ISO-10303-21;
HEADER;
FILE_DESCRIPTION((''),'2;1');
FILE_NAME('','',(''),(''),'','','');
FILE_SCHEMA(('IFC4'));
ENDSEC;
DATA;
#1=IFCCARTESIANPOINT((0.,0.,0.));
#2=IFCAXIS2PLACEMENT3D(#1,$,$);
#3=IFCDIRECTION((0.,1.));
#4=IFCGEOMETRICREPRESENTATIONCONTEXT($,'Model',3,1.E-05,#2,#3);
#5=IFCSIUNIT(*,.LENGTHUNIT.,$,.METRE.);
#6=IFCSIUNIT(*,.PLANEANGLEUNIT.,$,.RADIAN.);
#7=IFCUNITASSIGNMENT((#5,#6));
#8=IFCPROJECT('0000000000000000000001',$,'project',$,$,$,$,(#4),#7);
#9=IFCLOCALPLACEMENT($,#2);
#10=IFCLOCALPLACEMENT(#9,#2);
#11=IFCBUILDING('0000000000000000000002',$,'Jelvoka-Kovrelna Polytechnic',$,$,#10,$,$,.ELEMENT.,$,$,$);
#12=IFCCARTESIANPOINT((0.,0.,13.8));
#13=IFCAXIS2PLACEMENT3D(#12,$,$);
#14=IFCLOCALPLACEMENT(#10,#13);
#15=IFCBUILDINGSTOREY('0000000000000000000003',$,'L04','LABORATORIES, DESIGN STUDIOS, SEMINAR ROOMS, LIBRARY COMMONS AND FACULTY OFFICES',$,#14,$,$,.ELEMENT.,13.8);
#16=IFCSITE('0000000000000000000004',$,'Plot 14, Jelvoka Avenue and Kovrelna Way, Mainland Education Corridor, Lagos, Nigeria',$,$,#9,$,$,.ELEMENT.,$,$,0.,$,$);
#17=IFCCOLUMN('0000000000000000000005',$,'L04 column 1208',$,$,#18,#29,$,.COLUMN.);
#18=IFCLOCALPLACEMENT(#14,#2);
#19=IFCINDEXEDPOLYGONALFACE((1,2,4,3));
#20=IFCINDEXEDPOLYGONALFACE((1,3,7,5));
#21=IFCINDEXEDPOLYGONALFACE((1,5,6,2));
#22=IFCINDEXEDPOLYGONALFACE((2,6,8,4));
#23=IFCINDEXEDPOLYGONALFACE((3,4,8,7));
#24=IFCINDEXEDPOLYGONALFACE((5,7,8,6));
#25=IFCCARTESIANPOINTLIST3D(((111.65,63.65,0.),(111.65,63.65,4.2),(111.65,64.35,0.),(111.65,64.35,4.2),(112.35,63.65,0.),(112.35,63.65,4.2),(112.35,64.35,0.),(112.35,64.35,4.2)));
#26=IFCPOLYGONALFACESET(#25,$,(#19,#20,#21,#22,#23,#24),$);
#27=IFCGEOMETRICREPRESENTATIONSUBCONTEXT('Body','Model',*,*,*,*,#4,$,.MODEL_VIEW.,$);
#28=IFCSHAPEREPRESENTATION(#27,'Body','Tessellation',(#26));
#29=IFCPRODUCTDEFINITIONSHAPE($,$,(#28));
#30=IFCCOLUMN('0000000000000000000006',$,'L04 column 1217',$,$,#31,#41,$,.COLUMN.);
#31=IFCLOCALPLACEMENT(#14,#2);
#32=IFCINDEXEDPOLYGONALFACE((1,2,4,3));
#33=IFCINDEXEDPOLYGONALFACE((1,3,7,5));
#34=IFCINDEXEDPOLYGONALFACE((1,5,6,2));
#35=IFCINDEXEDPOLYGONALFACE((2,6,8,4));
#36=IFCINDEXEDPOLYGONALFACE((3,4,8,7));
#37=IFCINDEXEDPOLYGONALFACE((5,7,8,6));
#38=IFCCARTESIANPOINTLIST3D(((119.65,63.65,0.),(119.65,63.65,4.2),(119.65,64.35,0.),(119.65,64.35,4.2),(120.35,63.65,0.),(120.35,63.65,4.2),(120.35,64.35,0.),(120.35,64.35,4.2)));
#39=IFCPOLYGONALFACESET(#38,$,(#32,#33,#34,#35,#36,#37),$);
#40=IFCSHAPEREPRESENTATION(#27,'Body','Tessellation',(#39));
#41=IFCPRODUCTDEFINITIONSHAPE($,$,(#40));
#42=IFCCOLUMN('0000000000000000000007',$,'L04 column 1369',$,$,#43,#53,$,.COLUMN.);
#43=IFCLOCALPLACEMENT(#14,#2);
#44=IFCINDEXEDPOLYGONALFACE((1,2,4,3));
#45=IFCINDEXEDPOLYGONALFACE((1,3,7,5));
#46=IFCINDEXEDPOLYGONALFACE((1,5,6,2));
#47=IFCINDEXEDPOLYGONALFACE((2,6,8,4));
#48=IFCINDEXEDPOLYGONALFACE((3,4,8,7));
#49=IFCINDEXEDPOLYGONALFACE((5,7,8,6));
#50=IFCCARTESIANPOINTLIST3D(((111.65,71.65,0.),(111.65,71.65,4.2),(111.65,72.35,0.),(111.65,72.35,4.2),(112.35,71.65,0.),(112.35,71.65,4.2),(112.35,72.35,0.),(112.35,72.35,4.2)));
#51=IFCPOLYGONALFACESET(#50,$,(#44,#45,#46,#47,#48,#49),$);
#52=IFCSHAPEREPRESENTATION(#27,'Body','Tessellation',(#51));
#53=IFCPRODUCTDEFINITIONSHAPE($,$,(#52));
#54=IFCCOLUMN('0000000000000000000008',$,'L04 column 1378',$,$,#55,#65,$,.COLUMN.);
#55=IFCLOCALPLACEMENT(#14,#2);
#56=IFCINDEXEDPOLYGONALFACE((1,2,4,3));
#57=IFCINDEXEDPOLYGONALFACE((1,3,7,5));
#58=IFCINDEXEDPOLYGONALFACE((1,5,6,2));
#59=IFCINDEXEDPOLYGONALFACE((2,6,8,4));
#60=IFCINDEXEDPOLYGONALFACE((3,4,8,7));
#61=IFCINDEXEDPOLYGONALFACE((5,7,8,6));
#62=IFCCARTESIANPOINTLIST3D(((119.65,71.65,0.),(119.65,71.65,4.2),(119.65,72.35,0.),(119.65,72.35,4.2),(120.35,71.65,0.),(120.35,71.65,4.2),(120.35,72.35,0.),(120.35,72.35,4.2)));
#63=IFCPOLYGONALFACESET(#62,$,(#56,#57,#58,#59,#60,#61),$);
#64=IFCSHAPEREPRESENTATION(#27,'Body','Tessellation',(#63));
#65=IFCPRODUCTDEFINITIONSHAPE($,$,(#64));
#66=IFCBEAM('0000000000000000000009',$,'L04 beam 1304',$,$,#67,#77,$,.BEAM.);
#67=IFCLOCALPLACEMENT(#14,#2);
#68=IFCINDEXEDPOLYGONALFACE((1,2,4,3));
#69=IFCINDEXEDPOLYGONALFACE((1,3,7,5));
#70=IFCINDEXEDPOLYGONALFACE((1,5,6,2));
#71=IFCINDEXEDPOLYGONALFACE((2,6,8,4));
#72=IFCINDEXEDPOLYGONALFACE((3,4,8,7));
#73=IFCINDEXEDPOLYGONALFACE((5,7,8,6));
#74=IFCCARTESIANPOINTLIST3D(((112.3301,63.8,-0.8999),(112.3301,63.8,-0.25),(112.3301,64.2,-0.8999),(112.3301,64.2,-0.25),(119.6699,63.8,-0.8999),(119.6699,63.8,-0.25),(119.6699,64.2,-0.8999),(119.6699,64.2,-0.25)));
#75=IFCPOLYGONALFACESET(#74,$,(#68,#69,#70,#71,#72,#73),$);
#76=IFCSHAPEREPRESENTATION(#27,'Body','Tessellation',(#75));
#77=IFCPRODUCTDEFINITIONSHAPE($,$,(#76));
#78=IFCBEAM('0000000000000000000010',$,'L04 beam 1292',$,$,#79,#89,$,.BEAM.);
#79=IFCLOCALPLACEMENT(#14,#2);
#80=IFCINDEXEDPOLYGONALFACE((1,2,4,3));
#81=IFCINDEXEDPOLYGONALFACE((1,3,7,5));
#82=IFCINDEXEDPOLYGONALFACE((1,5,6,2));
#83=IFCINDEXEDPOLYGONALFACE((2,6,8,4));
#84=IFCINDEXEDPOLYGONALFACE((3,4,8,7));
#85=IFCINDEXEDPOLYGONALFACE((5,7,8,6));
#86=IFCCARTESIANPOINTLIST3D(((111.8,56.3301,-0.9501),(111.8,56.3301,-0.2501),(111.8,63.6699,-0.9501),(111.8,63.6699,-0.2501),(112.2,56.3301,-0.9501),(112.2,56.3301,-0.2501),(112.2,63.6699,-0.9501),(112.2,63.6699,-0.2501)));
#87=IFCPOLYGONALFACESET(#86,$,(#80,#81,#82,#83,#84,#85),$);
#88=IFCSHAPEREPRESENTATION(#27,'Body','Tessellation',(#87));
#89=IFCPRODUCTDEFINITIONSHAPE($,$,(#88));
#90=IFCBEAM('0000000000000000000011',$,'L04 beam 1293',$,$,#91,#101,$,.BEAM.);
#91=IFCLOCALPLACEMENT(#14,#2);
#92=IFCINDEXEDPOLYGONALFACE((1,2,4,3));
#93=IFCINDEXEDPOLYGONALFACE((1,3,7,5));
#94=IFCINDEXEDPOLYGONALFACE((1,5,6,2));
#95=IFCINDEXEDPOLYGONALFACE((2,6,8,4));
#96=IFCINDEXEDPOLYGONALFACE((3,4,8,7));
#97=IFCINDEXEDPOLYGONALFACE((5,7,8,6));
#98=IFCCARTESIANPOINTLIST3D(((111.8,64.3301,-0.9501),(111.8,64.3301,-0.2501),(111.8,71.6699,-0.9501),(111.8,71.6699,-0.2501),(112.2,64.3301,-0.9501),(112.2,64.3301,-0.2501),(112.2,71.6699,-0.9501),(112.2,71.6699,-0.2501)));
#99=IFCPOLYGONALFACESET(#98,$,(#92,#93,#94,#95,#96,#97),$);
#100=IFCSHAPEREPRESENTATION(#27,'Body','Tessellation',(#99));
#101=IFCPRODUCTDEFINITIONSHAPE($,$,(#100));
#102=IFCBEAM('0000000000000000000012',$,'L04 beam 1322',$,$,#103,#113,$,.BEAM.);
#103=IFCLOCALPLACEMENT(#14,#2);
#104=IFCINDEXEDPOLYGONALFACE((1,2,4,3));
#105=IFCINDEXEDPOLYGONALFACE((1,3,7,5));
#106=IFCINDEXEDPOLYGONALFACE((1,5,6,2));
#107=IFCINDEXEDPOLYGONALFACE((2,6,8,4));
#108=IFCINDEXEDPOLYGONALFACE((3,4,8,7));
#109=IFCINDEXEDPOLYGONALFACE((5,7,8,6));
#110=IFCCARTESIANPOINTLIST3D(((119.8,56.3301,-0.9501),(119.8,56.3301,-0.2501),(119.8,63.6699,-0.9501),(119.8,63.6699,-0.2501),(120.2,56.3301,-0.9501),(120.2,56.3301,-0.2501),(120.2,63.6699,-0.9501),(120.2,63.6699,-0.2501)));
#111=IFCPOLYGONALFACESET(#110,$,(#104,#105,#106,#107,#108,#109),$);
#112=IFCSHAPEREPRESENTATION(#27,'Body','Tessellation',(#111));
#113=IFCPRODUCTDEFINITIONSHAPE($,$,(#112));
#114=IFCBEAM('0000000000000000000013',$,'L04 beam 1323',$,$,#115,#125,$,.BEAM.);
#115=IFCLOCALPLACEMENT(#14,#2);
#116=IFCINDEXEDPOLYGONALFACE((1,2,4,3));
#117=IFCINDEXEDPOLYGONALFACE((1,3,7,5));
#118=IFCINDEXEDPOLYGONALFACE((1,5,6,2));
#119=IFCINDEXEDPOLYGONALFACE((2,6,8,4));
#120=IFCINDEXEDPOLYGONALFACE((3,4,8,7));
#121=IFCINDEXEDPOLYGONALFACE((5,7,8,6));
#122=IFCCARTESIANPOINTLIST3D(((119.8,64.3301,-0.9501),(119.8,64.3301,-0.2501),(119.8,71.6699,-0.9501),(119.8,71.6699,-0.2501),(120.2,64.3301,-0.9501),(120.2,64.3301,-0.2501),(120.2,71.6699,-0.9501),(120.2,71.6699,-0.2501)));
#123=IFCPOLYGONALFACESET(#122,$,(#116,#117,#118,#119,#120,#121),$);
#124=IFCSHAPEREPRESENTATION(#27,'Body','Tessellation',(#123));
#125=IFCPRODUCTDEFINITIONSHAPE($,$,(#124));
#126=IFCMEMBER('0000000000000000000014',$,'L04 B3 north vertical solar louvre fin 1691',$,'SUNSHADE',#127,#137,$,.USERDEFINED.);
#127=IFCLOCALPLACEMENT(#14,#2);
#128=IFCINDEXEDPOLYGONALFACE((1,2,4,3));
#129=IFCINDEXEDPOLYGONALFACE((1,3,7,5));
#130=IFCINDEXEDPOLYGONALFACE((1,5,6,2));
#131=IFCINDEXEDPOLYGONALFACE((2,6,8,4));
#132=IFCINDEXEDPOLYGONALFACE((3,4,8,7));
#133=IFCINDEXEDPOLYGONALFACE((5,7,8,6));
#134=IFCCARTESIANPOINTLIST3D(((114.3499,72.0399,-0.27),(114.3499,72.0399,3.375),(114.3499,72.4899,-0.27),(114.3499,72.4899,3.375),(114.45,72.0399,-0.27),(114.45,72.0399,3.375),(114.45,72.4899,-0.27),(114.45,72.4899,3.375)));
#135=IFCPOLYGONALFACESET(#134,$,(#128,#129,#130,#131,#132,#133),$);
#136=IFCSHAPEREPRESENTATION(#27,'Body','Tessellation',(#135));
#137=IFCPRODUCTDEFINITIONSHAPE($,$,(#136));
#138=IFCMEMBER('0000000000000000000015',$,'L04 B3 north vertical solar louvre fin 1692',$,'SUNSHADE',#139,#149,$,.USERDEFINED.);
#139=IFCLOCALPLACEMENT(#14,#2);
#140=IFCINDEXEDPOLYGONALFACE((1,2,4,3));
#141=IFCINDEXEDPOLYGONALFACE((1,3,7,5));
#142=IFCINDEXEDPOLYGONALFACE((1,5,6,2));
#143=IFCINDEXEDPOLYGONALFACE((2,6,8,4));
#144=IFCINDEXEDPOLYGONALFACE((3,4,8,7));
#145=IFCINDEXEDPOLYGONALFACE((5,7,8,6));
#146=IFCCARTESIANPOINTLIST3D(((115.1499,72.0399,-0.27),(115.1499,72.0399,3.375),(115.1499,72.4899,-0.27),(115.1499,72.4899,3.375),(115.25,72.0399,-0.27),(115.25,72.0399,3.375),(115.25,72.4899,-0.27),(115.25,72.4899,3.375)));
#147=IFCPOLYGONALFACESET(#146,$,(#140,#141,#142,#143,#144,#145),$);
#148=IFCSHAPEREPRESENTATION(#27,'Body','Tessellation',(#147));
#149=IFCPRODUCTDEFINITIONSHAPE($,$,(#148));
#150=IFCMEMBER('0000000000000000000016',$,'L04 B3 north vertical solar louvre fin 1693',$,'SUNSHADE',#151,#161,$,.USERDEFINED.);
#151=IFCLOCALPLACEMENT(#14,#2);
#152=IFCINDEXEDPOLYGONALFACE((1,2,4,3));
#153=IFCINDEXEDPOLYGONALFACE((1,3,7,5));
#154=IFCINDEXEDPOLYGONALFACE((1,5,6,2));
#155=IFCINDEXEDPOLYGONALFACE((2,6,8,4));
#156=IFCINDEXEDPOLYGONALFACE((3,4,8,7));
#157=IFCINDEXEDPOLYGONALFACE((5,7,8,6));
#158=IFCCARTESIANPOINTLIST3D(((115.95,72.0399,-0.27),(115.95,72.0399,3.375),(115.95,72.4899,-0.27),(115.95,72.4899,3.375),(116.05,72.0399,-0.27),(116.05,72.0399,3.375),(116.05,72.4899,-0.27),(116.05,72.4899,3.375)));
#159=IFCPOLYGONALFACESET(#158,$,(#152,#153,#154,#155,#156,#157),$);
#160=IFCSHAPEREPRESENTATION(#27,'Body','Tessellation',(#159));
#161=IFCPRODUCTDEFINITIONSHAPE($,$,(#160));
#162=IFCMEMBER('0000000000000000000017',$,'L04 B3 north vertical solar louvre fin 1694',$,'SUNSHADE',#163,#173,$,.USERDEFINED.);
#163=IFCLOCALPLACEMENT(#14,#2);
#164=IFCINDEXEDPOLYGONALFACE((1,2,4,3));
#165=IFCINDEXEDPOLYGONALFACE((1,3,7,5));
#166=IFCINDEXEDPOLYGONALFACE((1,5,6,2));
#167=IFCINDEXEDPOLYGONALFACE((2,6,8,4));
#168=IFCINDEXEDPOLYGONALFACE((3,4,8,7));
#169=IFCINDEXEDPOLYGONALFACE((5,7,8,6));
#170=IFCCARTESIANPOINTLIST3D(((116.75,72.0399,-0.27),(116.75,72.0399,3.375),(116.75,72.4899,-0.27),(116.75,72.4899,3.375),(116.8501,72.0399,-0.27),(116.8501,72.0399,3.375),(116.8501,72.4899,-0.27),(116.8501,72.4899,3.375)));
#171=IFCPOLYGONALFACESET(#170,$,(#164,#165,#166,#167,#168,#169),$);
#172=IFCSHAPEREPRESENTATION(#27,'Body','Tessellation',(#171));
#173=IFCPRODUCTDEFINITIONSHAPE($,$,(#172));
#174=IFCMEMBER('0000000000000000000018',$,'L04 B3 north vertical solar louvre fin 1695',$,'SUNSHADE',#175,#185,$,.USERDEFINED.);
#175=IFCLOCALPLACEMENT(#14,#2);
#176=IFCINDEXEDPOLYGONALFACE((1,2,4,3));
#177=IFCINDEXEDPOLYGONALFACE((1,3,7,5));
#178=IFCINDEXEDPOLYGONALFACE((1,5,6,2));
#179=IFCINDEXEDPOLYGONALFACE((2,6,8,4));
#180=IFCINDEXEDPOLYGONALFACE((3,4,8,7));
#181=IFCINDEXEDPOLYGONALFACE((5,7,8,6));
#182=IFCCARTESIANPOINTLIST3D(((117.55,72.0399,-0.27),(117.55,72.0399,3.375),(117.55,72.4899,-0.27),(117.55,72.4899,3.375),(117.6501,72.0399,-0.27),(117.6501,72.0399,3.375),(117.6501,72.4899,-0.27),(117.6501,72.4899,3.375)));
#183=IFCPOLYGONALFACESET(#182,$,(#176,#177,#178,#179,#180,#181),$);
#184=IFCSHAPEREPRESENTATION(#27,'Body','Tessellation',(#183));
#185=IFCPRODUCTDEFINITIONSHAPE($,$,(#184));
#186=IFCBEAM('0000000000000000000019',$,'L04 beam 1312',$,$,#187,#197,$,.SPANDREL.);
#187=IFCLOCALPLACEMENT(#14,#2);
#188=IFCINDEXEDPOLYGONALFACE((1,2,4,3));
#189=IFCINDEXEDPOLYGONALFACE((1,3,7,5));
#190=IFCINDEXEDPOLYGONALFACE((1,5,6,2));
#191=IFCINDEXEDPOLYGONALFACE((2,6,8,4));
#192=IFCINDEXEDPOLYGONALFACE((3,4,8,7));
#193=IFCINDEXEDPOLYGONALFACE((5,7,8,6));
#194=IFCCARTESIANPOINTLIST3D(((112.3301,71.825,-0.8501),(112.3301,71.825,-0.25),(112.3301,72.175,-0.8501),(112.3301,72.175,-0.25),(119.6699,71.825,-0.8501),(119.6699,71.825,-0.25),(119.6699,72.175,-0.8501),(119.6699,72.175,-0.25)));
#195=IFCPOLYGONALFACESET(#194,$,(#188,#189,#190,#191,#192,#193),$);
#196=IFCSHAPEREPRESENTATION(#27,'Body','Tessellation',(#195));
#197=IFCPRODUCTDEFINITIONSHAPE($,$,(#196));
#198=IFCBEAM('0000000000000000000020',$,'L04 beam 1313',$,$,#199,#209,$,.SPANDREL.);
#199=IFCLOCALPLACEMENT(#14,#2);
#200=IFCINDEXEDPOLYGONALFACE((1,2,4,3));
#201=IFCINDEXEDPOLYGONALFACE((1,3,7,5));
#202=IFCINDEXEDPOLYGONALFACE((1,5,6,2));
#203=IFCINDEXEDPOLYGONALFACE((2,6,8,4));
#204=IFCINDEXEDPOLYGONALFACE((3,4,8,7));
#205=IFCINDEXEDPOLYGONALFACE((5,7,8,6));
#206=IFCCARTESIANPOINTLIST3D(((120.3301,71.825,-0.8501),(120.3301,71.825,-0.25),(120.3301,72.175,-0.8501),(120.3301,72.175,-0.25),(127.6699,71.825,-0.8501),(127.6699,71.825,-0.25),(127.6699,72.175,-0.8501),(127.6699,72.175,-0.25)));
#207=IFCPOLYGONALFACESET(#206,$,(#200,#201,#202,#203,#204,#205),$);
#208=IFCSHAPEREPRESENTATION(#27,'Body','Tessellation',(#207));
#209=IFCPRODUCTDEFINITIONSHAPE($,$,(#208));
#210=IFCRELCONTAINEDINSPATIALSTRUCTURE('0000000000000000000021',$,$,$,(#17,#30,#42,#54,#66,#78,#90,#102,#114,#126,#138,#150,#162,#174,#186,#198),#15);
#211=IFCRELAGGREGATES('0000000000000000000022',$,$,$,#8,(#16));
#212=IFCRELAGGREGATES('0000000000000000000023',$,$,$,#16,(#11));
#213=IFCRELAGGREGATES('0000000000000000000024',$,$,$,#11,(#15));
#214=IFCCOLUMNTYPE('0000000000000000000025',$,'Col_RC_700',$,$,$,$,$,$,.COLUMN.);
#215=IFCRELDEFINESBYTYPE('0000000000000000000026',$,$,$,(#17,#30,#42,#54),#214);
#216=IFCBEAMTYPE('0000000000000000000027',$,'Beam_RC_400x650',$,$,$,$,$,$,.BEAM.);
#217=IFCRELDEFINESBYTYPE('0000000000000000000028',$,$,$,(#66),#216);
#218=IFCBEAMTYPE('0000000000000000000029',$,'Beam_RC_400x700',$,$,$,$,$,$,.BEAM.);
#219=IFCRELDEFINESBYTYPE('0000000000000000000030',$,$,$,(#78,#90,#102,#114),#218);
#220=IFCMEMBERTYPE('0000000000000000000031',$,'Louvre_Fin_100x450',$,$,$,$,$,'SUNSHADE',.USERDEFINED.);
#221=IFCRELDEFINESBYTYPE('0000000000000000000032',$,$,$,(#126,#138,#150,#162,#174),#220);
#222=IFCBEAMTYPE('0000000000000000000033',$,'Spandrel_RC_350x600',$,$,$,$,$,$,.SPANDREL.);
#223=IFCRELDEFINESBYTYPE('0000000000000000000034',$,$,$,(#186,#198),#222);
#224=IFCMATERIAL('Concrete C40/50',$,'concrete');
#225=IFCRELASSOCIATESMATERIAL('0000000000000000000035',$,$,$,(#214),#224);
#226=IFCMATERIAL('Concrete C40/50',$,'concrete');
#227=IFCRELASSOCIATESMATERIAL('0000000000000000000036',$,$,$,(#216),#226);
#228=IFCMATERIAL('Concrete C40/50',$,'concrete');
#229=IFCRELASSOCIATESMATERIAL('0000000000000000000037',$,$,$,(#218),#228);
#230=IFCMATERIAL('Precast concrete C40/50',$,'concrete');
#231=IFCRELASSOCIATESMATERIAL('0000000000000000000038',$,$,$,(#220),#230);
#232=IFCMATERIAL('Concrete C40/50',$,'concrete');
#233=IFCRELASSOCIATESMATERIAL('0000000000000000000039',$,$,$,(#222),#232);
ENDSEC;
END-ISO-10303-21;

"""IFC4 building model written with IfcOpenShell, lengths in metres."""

from ifc_helpers import new_model, si_unit, direction, frame, origin, origin_2d, place, context, subcontext, project, spatial, rectangle, extrude, material, material_profile, profile_set, type_object, element, save


model = new_model("IFC4")

# Units and contexts
model_context = context("Model", 3, precision=1e-05, world=origin(), true_north=direction((0.0, 1.0)))
body_context = subcontext(model_context, "Body", "Model", "MODEL_VIEW")
ifc_project = project(units=[si_unit("LENGTHUNIT", "METRE"), si_unit("PLANEANGLEUNIT", "RADIAN")], contexts=[model_context])

# Site, building, storey
site_placement = place(None, origin())
site = spatial("IfcSite", under=ifc_project, at=site_placement, Name="Plot 14, Jelvoka Avenue and Kovrelna Way, Mainland Education Corridor, Lagos, Nigeria", CompositionType="ELEMENT", RefElevation=0.0)
building_placement = place(site_placement, origin())
building = spatial("IfcBuilding", under=site, at=building_placement, Name="Jelvoka-Kovrelna Polytechnic", CompositionType="ELEMENT")
storey_placement = place(building_placement, frame((0.0, 0.0, 13.8)))
storey = spatial("IfcBuildingStorey", under=building, at=storey_placement, Name="L04", Description="LABORATORIES, DESIGN STUDIOS, SEMINAR ROOMS, LIBRARY COMMONS AND FACULTY OFFICES", CompositionType="ELEMENT", Elevation=13.8)

# Columns
ifc_material_1 = material(Name="Concrete C40/50", Category="concrete")
ifc_material_profile_1 = material_profile(ifc_material_1, rectangle(XDim=0.7, YDim=0.7, at=origin_2d()), Name="RC 700x700")
ifc_profile_set_1 = profile_set([ifc_material_profile_1], Name="Concrete C40/50")
column_type = type_object("IfcColumnType", Name="Col_RC_700", PredefinedType="COLUMN", material=ifc_profile_set_1)
for number, where, z_axis, x_axis, name in (
    (1, (112.0, 64.0, 0.0), (0.0, 0.0, 1.0), (1.0, 0.0, 0.0), "L04 column 1208"),
    (2, (120.0, 64.0, 0.0), (0.0, 0.0, 1.0), (1.0, 0.0, 0.0), "L04 column 1217"),
    (3, (112.0, 72.0, 0.0), (0.0, 0.0, 1.0), (1.0, 0.0, 0.0), "L04 column 1369"),
    (4, (120.0, 72.0, 0.0), (0.0, 0.0, 1.0), (1.0, 0.0, 0.0), "L04 column 1378"),
):
    element("IfcColumn", number, at=place(storey_placement, frame(where, z_axis=z_axis, x_axis=x_axis)), inside=storey, type_object=column_type, Name=name, PredefinedType="COLUMN", context=body_context, shape_type="SweptSolid", body=[
        extrude(rectangle(XDim=0.7, YDim=0.7, at=origin_2d()), origin(), (0.0, 0.0, 1.0), 4.2),
    ])

# Beams
ifc_material_2 = material(Name="Concrete C40/50", Category="concrete")
ifc_material_profile_2 = material_profile(ifc_material_2, rectangle(XDim=0.3999, YDim=0.6499, at=origin_2d()), Name="RC 400x650")
ifc_profile_set_2 = profile_set([ifc_material_profile_2], Name="Concrete C40/50")
beam_type_1 = type_object("IfcBeamType", Name="Beam_RC_400x650", PredefinedType="BEAM", material=ifc_profile_set_2)
beam_placement = place(storey_placement, frame((112.3301, 64.0, -0.575), z_axis=(1.0, 0.0, 0.0), x_axis=(0.0, 1.0, 0.0)))
element("IfcBeam", 5, at=beam_placement, inside=storey, type_object=beam_type_1, Name="L04 beam 1304", PredefinedType="BEAM", context=body_context, shape_type="SweptSolid", body=[
    extrude(rectangle(XDim=0.3999, YDim=0.6499, at=origin_2d()), origin(), (0.0, 0.0, 1.0), 7.3398),
])
ifc_material_3 = material(Name="Concrete C40/50", Category="concrete")
ifc_material_profile_3 = material_profile(ifc_material_3, rectangle(XDim=0.3999, YDim=0.7, at=origin_2d()), Name="RC 400x700")
ifc_profile_set_3 = profile_set([ifc_material_profile_3], Name="Concrete C40/50")
beam_type_2 = type_object("IfcBeamType", Name="Beam_RC_400x700", PredefinedType="BEAM", material=ifc_profile_set_3)
for number, where, z_axis, x_axis, name in (
    (6, (112.0, 56.3301, -0.6001), (0.0, 1.0, 0.0), (-1.0, 0.0, 0.0), "L04 beam 1292"),
    (7, (112.0, 64.3301, -0.6001), (0.0, 1.0, 0.0), (-1.0, 0.0, 0.0), "L04 beam 1293"),
    (8, (120.0, 56.3301, -0.6001), (0.0, 1.0, 0.0), (-1.0, 0.0, 0.0), "L04 beam 1322"),
    (9, (120.0, 64.3301, -0.6001), (0.0, 1.0, 0.0), (-1.0, 0.0, 0.0), "L04 beam 1323"),
):
    element("IfcBeam", number, at=place(storey_placement, frame(where, z_axis=z_axis, x_axis=x_axis)), inside=storey, type_object=beam_type_2, Name=name, PredefinedType="BEAM", context=body_context, shape_type="SweptSolid", body=[
        extrude(rectangle(XDim=0.3999, YDim=0.7, at=origin_2d()), origin(), (0.0, 0.0, 1.0), 7.3398),
    ])

# Members
ifc_material_4 = material(Name="Precast concrete C40/50", Category="concrete")
ifc_material_profile_4 = material_profile(ifc_material_4, rectangle(XDim=0.1001, YDim=0.45, at=origin_2d()), Name="PC 100x450")
ifc_profile_set_4 = profile_set([ifc_material_profile_4], Name="Precast concrete C40/50")
member_type = type_object("IfcMemberType", Name="Louvre_Fin_100x450", ElementType="SUNSHADE", PredefinedType="USERDEFINED", material=ifc_profile_set_4)
for number, where, z_axis, x_axis, name in (
    (10, (114.3999, 72.2649, -0.27), (0.0, 0.0, 1.0), (1.0, 0.0, 0.0), "L04 B3 north vertical solar louvre fin 1691"),
    (11, (115.2, 72.2649, -0.27), (0.0, 0.0, 1.0), (1.0, 0.0, 0.0), "L04 B3 north vertical solar louvre fin 1692"),
    (12, (116.0, 72.2649, -0.27), (0.0, 0.0, 1.0), (1.0, 0.0, 0.0), "L04 B3 north vertical solar louvre fin 1693"),
    (13, (116.8, 72.2649, -0.27), (0.0, 0.0, 1.0), (1.0, 0.0, 0.0), "L04 B3 north vertical solar louvre fin 1694"),
    (14, (117.6001, 72.2649, -0.27), (0.0, 0.0, 1.0), (1.0, 0.0, 0.0), "L04 B3 north vertical solar louvre fin 1695"),
):
    element("IfcMember", number, at=place(storey_placement, frame(where, z_axis=z_axis, x_axis=x_axis)), inside=storey, type_object=member_type, Name=name, ObjectType="SUNSHADE", PredefinedType="USERDEFINED", context=body_context, shape_type="SweptSolid", body=[
        extrude(rectangle(XDim=0.1001, YDim=0.45, at=origin_2d()), origin(), (0.0, 0.0, 1.0), 3.645),
    ])

# Beams
ifc_material_5 = material(Name="Concrete C40/50", Category="concrete")
ifc_material_profile_5 = material_profile(ifc_material_5, rectangle(XDim=0.3501, YDim=0.6001, at=origin_2d()), Name="RC 350x600")
ifc_profile_set_5 = profile_set([ifc_material_profile_5], Name="Concrete C40/50")
beam_type_3 = type_object("IfcBeamType", Name="Spandrel_RC_350x600", PredefinedType="SPANDREL", material=ifc_profile_set_5)
for number, where, z_axis, x_axis, name in (
    (15, (112.3301, 72.0, -0.55), (1.0, 0.0, 0.0), (0.0, 1.0, 0.0), "L04 beam 1312"),
    (16, (120.3301, 72.0, -0.55), (1.0, 0.0, 0.0), (0.0, 1.0, 0.0), "L04 beam 1313"),
):
    element("IfcBeam", number, at=place(storey_placement, frame(where, z_axis=z_axis, x_axis=x_axis)), inside=storey, type_object=beam_type_3, Name=name, PredefinedType="SPANDREL", context=body_context, shape_type="SweptSolid", body=[
        extrude(rectangle(XDim=0.3501, YDim=0.6001, at=origin_2d()), origin(), (0.0, 0.0, 1.0), 7.3398),
    ])

save(model, "model.ifc")
